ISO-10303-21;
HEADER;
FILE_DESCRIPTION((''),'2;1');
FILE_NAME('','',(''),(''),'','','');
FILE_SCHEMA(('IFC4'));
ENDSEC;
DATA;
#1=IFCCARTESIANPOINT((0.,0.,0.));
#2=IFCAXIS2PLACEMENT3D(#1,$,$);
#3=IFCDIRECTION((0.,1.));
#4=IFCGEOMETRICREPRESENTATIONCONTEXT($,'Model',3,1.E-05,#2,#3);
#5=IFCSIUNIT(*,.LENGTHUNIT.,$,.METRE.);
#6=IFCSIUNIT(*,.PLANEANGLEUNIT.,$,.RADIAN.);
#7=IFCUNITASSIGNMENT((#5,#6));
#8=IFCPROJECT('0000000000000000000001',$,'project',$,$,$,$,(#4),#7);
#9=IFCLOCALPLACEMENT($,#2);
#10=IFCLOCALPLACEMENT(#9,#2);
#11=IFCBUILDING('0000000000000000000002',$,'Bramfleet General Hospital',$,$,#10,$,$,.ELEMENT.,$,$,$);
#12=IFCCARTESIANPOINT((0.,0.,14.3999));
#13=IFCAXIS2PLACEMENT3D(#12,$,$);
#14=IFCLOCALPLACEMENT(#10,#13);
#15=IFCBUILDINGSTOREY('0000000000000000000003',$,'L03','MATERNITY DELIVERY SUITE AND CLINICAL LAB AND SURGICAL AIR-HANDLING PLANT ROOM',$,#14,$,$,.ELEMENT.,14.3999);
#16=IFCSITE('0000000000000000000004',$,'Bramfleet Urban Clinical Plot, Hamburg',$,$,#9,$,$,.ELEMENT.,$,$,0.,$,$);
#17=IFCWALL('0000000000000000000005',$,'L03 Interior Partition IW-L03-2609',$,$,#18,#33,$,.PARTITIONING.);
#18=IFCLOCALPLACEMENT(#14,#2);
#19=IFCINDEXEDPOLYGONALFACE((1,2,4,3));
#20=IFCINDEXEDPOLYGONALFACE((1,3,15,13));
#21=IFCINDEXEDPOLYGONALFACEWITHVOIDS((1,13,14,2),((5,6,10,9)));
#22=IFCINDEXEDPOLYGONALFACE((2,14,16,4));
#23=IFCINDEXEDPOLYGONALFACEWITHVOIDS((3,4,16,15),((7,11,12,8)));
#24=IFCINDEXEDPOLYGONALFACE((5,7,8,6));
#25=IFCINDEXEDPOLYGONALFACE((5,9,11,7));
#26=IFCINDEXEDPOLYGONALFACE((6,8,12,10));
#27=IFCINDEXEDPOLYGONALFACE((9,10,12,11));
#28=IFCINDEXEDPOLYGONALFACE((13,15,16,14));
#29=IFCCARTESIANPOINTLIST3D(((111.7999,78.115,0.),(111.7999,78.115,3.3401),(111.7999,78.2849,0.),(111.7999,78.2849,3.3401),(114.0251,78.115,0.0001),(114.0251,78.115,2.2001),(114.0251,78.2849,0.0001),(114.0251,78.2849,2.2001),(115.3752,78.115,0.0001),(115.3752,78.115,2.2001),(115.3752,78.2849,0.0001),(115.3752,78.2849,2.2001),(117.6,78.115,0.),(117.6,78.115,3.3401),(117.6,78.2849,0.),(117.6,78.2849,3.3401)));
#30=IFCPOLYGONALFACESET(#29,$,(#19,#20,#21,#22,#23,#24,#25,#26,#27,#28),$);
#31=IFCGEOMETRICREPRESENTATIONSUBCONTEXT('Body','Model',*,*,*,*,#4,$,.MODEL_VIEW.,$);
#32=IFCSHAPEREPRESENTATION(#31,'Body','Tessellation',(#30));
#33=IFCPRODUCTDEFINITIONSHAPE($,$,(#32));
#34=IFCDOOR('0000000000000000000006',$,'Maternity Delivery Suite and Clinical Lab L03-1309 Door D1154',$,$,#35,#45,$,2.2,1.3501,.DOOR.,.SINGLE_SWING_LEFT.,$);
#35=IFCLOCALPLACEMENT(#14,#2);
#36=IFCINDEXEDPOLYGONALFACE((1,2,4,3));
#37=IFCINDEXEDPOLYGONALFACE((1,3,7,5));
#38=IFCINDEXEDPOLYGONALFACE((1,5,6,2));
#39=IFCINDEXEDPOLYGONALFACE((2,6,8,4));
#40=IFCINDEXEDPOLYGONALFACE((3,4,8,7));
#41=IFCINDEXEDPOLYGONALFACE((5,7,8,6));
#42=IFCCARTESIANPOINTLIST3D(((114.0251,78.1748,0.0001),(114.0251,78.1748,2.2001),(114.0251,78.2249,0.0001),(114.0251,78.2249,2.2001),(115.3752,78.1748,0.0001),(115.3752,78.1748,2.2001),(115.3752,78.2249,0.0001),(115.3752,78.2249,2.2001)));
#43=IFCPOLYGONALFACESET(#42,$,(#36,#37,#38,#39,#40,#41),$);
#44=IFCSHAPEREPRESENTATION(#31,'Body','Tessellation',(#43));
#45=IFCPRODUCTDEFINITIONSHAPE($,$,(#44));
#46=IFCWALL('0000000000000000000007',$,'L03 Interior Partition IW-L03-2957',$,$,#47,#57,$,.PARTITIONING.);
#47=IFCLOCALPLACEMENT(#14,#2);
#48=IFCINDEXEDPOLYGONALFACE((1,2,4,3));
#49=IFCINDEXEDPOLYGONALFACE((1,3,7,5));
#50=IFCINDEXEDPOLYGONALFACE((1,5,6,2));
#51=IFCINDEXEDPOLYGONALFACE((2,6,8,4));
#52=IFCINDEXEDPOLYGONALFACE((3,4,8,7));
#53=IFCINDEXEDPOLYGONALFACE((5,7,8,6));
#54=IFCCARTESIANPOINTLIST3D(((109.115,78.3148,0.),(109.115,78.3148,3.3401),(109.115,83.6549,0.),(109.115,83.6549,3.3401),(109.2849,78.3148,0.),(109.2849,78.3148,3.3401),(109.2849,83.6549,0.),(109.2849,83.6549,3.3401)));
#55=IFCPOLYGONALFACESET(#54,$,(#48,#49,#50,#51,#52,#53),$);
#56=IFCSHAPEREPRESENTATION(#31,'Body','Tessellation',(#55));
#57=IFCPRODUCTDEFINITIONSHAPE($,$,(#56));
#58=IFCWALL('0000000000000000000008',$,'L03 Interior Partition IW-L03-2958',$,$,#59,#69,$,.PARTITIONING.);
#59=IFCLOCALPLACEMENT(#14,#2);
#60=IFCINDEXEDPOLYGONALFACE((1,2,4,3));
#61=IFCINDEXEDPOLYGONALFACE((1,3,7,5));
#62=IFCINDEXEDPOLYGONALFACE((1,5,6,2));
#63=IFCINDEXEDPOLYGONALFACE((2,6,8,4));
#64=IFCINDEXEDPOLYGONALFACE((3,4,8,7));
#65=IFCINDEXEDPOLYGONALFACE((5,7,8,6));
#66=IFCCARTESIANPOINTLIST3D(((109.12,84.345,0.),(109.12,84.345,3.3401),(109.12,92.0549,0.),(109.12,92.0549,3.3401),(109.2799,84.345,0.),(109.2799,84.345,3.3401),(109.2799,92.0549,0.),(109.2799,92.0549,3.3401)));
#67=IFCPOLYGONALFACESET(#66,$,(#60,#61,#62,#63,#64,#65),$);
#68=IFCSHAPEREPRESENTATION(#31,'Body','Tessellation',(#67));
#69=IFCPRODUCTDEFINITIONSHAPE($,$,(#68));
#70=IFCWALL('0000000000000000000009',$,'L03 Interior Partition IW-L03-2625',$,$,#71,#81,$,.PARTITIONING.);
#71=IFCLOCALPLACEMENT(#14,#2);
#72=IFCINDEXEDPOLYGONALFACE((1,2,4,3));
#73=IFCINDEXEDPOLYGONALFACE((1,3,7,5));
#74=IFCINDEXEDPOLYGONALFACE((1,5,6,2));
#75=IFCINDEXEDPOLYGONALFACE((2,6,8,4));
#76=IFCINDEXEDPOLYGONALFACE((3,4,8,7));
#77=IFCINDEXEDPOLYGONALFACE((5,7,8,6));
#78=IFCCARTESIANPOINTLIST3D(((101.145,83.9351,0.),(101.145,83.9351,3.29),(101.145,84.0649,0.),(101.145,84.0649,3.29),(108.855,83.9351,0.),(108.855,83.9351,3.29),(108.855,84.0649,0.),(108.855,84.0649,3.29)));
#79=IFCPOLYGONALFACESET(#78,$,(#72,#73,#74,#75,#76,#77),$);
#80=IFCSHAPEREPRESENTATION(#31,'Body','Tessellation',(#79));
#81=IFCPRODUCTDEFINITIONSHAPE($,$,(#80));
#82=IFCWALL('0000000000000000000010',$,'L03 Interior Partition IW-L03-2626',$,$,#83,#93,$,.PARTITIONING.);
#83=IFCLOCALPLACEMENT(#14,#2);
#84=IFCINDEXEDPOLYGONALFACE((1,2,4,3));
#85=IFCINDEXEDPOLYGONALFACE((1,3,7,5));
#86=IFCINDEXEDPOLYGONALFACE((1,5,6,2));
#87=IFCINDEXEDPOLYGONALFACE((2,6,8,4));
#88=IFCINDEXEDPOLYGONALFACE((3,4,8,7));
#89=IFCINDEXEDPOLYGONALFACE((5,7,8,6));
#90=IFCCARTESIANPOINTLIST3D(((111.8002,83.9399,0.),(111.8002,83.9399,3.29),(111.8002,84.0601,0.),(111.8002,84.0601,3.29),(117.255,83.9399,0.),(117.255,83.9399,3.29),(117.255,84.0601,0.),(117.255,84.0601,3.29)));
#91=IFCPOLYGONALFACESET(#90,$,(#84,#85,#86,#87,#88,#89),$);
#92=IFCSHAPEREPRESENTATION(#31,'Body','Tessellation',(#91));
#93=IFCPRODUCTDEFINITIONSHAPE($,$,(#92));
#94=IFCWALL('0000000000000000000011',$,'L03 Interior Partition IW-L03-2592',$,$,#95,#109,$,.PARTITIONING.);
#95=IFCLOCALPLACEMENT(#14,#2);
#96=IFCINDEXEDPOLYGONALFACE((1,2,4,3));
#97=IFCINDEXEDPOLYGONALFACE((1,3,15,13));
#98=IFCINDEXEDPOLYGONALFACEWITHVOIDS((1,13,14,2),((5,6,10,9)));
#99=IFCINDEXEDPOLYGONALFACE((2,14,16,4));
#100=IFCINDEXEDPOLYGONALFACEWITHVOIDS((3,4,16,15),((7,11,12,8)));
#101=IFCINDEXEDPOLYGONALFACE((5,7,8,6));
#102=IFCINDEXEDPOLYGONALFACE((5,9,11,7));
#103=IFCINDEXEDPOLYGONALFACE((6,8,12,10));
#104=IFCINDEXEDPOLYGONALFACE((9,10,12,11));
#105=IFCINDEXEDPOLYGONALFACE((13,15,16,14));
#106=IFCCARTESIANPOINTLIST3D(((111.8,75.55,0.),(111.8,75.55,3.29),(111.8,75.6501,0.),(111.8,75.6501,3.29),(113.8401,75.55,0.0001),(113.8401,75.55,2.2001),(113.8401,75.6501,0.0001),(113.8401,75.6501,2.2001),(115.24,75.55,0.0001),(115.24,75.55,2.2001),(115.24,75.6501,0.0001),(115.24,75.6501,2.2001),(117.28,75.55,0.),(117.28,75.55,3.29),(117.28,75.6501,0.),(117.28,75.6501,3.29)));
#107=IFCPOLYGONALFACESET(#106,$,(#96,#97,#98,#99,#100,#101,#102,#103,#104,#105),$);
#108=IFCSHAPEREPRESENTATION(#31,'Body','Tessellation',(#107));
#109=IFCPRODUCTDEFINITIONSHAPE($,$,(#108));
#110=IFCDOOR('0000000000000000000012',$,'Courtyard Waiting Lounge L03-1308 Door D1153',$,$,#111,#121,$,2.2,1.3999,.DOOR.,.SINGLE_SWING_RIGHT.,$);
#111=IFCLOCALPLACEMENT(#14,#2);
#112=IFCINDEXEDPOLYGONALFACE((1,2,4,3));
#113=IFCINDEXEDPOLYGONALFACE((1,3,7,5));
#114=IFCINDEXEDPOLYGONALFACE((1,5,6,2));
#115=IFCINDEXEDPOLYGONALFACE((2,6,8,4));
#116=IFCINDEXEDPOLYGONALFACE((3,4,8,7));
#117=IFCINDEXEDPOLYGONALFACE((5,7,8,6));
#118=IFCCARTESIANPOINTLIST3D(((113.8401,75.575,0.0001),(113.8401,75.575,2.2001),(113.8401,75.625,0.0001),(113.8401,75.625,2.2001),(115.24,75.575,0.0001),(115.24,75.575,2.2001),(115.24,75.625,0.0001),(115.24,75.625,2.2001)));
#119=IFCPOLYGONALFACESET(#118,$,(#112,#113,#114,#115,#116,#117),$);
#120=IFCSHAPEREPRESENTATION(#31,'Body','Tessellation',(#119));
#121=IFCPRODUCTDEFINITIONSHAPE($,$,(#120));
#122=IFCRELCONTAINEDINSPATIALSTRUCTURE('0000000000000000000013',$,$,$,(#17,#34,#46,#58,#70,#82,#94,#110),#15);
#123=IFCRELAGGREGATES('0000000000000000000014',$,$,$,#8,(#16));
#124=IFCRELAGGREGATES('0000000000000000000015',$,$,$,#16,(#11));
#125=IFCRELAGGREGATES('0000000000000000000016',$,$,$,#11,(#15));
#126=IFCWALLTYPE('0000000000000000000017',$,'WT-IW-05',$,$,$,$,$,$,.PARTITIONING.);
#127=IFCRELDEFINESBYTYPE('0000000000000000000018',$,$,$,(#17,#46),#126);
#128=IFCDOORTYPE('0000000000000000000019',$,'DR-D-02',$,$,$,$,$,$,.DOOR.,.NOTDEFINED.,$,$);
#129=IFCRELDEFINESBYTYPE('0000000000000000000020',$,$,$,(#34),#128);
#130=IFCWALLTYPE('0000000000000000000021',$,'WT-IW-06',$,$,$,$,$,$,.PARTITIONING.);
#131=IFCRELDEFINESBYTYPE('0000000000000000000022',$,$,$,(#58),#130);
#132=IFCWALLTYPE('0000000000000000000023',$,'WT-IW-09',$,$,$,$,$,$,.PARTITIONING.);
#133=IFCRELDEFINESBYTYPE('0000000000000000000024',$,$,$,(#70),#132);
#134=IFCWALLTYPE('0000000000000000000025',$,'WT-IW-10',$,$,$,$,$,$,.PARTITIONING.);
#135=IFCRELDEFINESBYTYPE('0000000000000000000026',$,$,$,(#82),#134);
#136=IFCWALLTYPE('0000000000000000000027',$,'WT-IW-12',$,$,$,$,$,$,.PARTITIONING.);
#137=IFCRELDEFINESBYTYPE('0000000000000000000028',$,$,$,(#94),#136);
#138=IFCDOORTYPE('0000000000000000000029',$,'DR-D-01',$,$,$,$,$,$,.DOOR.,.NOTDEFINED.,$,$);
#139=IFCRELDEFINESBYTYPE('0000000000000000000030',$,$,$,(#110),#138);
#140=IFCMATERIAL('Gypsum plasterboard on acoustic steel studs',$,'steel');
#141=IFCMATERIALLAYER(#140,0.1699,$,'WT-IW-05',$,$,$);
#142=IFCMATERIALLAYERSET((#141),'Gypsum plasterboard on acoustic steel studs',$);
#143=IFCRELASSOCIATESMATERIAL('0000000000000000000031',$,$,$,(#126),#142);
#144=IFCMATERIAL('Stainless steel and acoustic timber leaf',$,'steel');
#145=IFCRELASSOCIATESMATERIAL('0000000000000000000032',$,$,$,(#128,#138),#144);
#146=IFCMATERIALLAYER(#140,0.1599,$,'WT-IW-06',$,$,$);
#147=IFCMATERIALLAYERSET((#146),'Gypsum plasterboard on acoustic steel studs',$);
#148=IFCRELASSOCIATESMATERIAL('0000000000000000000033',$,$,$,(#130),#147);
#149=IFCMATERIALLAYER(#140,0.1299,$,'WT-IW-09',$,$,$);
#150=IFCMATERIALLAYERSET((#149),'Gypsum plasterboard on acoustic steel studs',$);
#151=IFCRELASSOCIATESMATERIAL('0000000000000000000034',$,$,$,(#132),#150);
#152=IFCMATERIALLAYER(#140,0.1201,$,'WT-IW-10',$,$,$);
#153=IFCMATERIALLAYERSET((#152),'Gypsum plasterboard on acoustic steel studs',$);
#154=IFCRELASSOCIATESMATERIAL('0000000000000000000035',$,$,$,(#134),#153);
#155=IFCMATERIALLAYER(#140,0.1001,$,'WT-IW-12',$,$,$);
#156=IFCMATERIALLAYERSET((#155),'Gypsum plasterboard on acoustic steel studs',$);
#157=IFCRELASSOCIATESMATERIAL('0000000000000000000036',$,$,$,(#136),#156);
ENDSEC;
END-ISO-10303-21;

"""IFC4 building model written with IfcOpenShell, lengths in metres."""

from ifc_helpers import new_model, si_unit, direction, frame, frame_2d, origin, place, context, subcontext, project, spatial, rectangle, extrude, material, layer, layer_set, type_object, element, fill, save


model = new_model("IFC4")

# Units and contexts
model_context = context("Model", 3, precision=1e-05, world=origin(), true_north=direction((0.0, 1.0)))
body_context = subcontext(model_context, "Body", "Model", "MODEL_VIEW")
ifc_project = project(units=[si_unit("LENGTHUNIT", "METRE"), si_unit("PLANEANGLEUNIT", "RADIAN")], contexts=[model_context])

# Site, building, storey
site_placement = place(None, origin())
site = spatial("IfcSite", under=ifc_project, at=site_placement, Name="Bramfleet Urban Clinical Plot, Hamburg", CompositionType="ELEMENT", RefElevation=0.0)
building_placement = place(site_placement, origin())
building = spatial("IfcBuilding", under=site, at=building_placement, Name="Bramfleet General Hospital", CompositionType="ELEMENT")
storey_placement = place(building_placement, frame((0.0, 0.0, 14.3999)))
storey = spatial("IfcBuildingStorey", under=building, at=storey_placement, Name="L03", Description="MATERNITY DELIVERY SUITE AND CLINICAL LAB AND SURGICAL AIR-HANDLING PLANT ROOM", CompositionType="ELEMENT", Elevation=14.3999)

# Shared definitions
ifc_material_1 = material(Name="Stainless steel and acoustic timber leaf", Category="steel")

# Wall, opening, door
ifc_material_2 = material(Name="Gypsum plasterboard on acoustic steel studs", Category="steel")
ifc_layer_1 = layer(ifc_material_2, 0.1699, Name="WT-IW-05")
ifc_layer_set_1 = layer_set([ifc_layer_1], Name="Gypsum plasterboard on acoustic steel studs")
wall_type_1 = type_object("IfcWallType", Name="WT-IW-05", PredefinedType="PARTITIONING", material=ifc_layer_set_1)
wall_1_placement = place(storey_placement, frame((111.8, 78.2, 0.0), z_axis=(0.0, 0.0, 1.0), x_axis=(1.0, 0.0, 0.0)))
wall_1 = element("IfcWall", 1, at=wall_1_placement, inside=storey, type_object=wall_type_1, Name="L03 Interior Partition IW-L03-2609", PredefinedType="PARTITIONING", context=body_context, shape_type="SweptSolid", body=[
    extrude(rectangle(XDim=5.8, YDim=0.1699, at=frame_2d((2.8999, 0.0))), origin(), (0.0, 0.0, 1.0), 3.3401),
])
opening_1_placement = place(wall_1_placement, frame((2.2251, 0.0, 0.0)))
opening_1 = element("IfcOpeningElement", 2, at=opening_1_placement, cuts=wall_1, PredefinedType="OPENING", context=body_context, shape_type="SweptSolid", body=[
    extrude(rectangle(XDim=1.3501, YDim=2.2, at=frame_2d((0.675, 1.1001))), frame((0.0, 0.095, 0.0), z_axis=(0.0, -1.0, 0.0), x_axis=(1.0, 0.0, 0.0)), (0.0, 0.0, 1.0), 0.1899),
])
door_type_1 = type_object("IfcDoorType", Name="DR-D-02", OperationType="NOTDEFINED", PredefinedType="DOOR", material=ifc_material_1)
door_1_placement = place(opening_1_placement, origin())
door_1 = element("IfcDoor", 3, at=door_1_placement, inside=storey, type_object=door_type_1, Name="Maternity Delivery Suite and Clinical Lab L03-1309 Door D1154", OperationType="SINGLE_SWING_LEFT", OverallHeight=2.2, OverallWidth=1.3501, PredefinedType="DOOR", context=body_context, shape_type="SweptSolid", body=[
    extrude(rectangle(XDim=1.3501, YDim=2.2, at=frame_2d((0.675, 1.1001))), frame((0.0, 0.0249, 0.0), z_axis=(0.0, -1.0, 0.0), x_axis=(1.0, 0.0, 0.0)), (0.0, 0.0, 1.0), 0.05),
])
fill(opening_1, door_1)

# Walls
wall_2_placement = place(storey_placement, frame((109.2, 78.3149, 0.0), z_axis=(0.0, 0.0, 1.0), x_axis=(0.0, 1.0, 0.0)))
element("IfcWall", 4, at=wall_2_placement, inside=storey, type_object=wall_type_1, Name="L03 Interior Partition IW-L03-2957", PredefinedType="PARTITIONING", context=body_context, shape_type="SweptSolid", body=[
    extrude(rectangle(XDim=5.3401, YDim=0.1699, at=frame_2d((2.6699, 0.0))), origin(), (0.0, 0.0, 1.0), 3.3401),
])
ifc_layer_2 = layer(ifc_material_2, 0.1599, Name="WT-IW-06")
ifc_layer_set_2 = layer_set([ifc_layer_2], Name="Gypsum plasterboard on acoustic steel studs")
wall_type_2 = type_object("IfcWallType", Name="WT-IW-06", PredefinedType="PARTITIONING", material=ifc_layer_set_2)
wall_3_placement = place(storey_placement, frame((109.2, 84.345, 0.0), z_axis=(0.0, 0.0, 1.0), x_axis=(0.0, 1.0, 0.0)))
element("IfcWall", 5, at=wall_3_placement, inside=storey, type_object=wall_type_2, Name="L03 Interior Partition IW-L03-2958", PredefinedType="PARTITIONING", context=body_context, shape_type="SweptSolid", body=[
    extrude(rectangle(XDim=7.71, YDim=0.1599, at=frame_2d((3.855, 0.0))), origin(), (0.0, 0.0, 1.0), 3.3401),
])
ifc_layer_3 = layer(ifc_material_2, 0.1299, Name="WT-IW-09")
ifc_layer_set_3 = layer_set([ifc_layer_3], Name="Gypsum plasterboard on acoustic steel studs")
wall_type_3 = type_object("IfcWallType", Name="WT-IW-09", PredefinedType="PARTITIONING", material=ifc_layer_set_3)
wall_4_placement = place(storey_placement, frame((101.145, 84.0, 0.0), z_axis=(0.0, 0.0, 1.0), x_axis=(1.0, 0.0, 0.0)))
element("IfcWall", 6, at=wall_4_placement, inside=storey, type_object=wall_type_3, Name="L03 Interior Partition IW-L03-2625", PredefinedType="PARTITIONING", context=body_context, shape_type="SweptSolid", body=[
    extrude(rectangle(XDim=7.71, YDim=0.1299, at=frame_2d((3.855, 0.0))), origin(), (0.0, 0.0, 1.0), 3.29),
])
ifc_layer_4 = layer(ifc_material_2, 0.1201, Name="WT-IW-10")
ifc_layer_set_4 = layer_set([ifc_layer_4], Name="Gypsum plasterboard on acoustic steel studs")
wall_type_4 = type_object("IfcWallType", Name="WT-IW-10", PredefinedType="PARTITIONING", material=ifc_layer_set_4)
wall_5_placement = place(storey_placement, frame((111.8, 84.0, 0.0), z_axis=(0.0, 0.0, 1.0), x_axis=(1.0, 0.0, 0.0)))
element("IfcWall", 7, at=wall_5_placement, inside=storey, type_object=wall_type_4, Name="L03 Interior Partition IW-L03-2626", PredefinedType="PARTITIONING", context=body_context, shape_type="SweptSolid", body=[
    extrude(rectangle(XDim=5.4548, YDim=0.1201, at=frame_2d((2.7275, 0.0))), origin(), (0.0, 0.0, 1.0), 3.29),
])

# Wall, opening, door
ifc_layer_5 = layer(ifc_material_2, 0.1001, Name="WT-IW-12")
ifc_layer_set_5 = layer_set([ifc_layer_5], Name="Gypsum plasterboard on acoustic steel studs")
wall_type_5 = type_object("IfcWallType", Name="WT-IW-12", PredefinedType="PARTITIONING", material=ifc_layer_set_5)
wall_6_placement = place(storey_placement, frame((111.8, 75.6001, 0.0), z_axis=(0.0, 0.0, 1.0), x_axis=(1.0, 0.0, 0.0)))
wall_6 = element("IfcWall", 8, at=wall_6_placement, inside=storey, type_object=wall_type_5, Name="L03 Interior Partition IW-L03-2592", PredefinedType="PARTITIONING", context=body_context, shape_type="SweptSolid", body=[
    extrude(rectangle(XDim=5.48, YDim=0.1001, at=frame_2d((2.74, 0.0))), origin(), (0.0, 0.0, 1.0), 3.29),
])
opening_2_placement = place(wall_6_placement, frame((2.04, 0.0, 0.0)))
opening_2 = element("IfcOpeningElement", 9, at=opening_2_placement, cuts=wall_6, PredefinedType="OPENING", context=body_context, shape_type="SweptSolid", body=[
    extrude(rectangle(XDim=1.3999, YDim=2.2, at=frame_2d((0.7, 1.1001))), frame((0.0, 0.0601, 0.0), z_axis=(0.0, -1.0, 0.0), x_axis=(1.0, 0.0, 0.0)), (0.0, 0.0, 1.0), 0.1201),
])
door_type_2 = type_object("IfcDoorType", Name="DR-D-01", OperationType="NOTDEFINED", PredefinedType="DOOR", material=ifc_material_1)
door_2_placement = place(opening_2_placement, origin())
door_2 = element("IfcDoor", 10, at=door_2_placement, inside=storey, type_object=door_type_2, Name="Courtyard Waiting Lounge L03-1308 Door D1153", OperationType="SINGLE_SWING_RIGHT", OverallHeight=2.2, OverallWidth=1.3999, PredefinedType="DOOR", context=body_context, shape_type="SweptSolid", body=[
    extrude(rectangle(XDim=1.3999, YDim=2.2, at=frame_2d((0.7, 1.1001))), frame((0.0, 0.0249, 0.0), z_axis=(0.0, -1.0, 0.0), x_axis=(1.0, 0.0, 0.0)), (0.0, 0.0, 1.0), 0.05),
])
fill(opening_2, door_2)

save(model, "model.ifc")
